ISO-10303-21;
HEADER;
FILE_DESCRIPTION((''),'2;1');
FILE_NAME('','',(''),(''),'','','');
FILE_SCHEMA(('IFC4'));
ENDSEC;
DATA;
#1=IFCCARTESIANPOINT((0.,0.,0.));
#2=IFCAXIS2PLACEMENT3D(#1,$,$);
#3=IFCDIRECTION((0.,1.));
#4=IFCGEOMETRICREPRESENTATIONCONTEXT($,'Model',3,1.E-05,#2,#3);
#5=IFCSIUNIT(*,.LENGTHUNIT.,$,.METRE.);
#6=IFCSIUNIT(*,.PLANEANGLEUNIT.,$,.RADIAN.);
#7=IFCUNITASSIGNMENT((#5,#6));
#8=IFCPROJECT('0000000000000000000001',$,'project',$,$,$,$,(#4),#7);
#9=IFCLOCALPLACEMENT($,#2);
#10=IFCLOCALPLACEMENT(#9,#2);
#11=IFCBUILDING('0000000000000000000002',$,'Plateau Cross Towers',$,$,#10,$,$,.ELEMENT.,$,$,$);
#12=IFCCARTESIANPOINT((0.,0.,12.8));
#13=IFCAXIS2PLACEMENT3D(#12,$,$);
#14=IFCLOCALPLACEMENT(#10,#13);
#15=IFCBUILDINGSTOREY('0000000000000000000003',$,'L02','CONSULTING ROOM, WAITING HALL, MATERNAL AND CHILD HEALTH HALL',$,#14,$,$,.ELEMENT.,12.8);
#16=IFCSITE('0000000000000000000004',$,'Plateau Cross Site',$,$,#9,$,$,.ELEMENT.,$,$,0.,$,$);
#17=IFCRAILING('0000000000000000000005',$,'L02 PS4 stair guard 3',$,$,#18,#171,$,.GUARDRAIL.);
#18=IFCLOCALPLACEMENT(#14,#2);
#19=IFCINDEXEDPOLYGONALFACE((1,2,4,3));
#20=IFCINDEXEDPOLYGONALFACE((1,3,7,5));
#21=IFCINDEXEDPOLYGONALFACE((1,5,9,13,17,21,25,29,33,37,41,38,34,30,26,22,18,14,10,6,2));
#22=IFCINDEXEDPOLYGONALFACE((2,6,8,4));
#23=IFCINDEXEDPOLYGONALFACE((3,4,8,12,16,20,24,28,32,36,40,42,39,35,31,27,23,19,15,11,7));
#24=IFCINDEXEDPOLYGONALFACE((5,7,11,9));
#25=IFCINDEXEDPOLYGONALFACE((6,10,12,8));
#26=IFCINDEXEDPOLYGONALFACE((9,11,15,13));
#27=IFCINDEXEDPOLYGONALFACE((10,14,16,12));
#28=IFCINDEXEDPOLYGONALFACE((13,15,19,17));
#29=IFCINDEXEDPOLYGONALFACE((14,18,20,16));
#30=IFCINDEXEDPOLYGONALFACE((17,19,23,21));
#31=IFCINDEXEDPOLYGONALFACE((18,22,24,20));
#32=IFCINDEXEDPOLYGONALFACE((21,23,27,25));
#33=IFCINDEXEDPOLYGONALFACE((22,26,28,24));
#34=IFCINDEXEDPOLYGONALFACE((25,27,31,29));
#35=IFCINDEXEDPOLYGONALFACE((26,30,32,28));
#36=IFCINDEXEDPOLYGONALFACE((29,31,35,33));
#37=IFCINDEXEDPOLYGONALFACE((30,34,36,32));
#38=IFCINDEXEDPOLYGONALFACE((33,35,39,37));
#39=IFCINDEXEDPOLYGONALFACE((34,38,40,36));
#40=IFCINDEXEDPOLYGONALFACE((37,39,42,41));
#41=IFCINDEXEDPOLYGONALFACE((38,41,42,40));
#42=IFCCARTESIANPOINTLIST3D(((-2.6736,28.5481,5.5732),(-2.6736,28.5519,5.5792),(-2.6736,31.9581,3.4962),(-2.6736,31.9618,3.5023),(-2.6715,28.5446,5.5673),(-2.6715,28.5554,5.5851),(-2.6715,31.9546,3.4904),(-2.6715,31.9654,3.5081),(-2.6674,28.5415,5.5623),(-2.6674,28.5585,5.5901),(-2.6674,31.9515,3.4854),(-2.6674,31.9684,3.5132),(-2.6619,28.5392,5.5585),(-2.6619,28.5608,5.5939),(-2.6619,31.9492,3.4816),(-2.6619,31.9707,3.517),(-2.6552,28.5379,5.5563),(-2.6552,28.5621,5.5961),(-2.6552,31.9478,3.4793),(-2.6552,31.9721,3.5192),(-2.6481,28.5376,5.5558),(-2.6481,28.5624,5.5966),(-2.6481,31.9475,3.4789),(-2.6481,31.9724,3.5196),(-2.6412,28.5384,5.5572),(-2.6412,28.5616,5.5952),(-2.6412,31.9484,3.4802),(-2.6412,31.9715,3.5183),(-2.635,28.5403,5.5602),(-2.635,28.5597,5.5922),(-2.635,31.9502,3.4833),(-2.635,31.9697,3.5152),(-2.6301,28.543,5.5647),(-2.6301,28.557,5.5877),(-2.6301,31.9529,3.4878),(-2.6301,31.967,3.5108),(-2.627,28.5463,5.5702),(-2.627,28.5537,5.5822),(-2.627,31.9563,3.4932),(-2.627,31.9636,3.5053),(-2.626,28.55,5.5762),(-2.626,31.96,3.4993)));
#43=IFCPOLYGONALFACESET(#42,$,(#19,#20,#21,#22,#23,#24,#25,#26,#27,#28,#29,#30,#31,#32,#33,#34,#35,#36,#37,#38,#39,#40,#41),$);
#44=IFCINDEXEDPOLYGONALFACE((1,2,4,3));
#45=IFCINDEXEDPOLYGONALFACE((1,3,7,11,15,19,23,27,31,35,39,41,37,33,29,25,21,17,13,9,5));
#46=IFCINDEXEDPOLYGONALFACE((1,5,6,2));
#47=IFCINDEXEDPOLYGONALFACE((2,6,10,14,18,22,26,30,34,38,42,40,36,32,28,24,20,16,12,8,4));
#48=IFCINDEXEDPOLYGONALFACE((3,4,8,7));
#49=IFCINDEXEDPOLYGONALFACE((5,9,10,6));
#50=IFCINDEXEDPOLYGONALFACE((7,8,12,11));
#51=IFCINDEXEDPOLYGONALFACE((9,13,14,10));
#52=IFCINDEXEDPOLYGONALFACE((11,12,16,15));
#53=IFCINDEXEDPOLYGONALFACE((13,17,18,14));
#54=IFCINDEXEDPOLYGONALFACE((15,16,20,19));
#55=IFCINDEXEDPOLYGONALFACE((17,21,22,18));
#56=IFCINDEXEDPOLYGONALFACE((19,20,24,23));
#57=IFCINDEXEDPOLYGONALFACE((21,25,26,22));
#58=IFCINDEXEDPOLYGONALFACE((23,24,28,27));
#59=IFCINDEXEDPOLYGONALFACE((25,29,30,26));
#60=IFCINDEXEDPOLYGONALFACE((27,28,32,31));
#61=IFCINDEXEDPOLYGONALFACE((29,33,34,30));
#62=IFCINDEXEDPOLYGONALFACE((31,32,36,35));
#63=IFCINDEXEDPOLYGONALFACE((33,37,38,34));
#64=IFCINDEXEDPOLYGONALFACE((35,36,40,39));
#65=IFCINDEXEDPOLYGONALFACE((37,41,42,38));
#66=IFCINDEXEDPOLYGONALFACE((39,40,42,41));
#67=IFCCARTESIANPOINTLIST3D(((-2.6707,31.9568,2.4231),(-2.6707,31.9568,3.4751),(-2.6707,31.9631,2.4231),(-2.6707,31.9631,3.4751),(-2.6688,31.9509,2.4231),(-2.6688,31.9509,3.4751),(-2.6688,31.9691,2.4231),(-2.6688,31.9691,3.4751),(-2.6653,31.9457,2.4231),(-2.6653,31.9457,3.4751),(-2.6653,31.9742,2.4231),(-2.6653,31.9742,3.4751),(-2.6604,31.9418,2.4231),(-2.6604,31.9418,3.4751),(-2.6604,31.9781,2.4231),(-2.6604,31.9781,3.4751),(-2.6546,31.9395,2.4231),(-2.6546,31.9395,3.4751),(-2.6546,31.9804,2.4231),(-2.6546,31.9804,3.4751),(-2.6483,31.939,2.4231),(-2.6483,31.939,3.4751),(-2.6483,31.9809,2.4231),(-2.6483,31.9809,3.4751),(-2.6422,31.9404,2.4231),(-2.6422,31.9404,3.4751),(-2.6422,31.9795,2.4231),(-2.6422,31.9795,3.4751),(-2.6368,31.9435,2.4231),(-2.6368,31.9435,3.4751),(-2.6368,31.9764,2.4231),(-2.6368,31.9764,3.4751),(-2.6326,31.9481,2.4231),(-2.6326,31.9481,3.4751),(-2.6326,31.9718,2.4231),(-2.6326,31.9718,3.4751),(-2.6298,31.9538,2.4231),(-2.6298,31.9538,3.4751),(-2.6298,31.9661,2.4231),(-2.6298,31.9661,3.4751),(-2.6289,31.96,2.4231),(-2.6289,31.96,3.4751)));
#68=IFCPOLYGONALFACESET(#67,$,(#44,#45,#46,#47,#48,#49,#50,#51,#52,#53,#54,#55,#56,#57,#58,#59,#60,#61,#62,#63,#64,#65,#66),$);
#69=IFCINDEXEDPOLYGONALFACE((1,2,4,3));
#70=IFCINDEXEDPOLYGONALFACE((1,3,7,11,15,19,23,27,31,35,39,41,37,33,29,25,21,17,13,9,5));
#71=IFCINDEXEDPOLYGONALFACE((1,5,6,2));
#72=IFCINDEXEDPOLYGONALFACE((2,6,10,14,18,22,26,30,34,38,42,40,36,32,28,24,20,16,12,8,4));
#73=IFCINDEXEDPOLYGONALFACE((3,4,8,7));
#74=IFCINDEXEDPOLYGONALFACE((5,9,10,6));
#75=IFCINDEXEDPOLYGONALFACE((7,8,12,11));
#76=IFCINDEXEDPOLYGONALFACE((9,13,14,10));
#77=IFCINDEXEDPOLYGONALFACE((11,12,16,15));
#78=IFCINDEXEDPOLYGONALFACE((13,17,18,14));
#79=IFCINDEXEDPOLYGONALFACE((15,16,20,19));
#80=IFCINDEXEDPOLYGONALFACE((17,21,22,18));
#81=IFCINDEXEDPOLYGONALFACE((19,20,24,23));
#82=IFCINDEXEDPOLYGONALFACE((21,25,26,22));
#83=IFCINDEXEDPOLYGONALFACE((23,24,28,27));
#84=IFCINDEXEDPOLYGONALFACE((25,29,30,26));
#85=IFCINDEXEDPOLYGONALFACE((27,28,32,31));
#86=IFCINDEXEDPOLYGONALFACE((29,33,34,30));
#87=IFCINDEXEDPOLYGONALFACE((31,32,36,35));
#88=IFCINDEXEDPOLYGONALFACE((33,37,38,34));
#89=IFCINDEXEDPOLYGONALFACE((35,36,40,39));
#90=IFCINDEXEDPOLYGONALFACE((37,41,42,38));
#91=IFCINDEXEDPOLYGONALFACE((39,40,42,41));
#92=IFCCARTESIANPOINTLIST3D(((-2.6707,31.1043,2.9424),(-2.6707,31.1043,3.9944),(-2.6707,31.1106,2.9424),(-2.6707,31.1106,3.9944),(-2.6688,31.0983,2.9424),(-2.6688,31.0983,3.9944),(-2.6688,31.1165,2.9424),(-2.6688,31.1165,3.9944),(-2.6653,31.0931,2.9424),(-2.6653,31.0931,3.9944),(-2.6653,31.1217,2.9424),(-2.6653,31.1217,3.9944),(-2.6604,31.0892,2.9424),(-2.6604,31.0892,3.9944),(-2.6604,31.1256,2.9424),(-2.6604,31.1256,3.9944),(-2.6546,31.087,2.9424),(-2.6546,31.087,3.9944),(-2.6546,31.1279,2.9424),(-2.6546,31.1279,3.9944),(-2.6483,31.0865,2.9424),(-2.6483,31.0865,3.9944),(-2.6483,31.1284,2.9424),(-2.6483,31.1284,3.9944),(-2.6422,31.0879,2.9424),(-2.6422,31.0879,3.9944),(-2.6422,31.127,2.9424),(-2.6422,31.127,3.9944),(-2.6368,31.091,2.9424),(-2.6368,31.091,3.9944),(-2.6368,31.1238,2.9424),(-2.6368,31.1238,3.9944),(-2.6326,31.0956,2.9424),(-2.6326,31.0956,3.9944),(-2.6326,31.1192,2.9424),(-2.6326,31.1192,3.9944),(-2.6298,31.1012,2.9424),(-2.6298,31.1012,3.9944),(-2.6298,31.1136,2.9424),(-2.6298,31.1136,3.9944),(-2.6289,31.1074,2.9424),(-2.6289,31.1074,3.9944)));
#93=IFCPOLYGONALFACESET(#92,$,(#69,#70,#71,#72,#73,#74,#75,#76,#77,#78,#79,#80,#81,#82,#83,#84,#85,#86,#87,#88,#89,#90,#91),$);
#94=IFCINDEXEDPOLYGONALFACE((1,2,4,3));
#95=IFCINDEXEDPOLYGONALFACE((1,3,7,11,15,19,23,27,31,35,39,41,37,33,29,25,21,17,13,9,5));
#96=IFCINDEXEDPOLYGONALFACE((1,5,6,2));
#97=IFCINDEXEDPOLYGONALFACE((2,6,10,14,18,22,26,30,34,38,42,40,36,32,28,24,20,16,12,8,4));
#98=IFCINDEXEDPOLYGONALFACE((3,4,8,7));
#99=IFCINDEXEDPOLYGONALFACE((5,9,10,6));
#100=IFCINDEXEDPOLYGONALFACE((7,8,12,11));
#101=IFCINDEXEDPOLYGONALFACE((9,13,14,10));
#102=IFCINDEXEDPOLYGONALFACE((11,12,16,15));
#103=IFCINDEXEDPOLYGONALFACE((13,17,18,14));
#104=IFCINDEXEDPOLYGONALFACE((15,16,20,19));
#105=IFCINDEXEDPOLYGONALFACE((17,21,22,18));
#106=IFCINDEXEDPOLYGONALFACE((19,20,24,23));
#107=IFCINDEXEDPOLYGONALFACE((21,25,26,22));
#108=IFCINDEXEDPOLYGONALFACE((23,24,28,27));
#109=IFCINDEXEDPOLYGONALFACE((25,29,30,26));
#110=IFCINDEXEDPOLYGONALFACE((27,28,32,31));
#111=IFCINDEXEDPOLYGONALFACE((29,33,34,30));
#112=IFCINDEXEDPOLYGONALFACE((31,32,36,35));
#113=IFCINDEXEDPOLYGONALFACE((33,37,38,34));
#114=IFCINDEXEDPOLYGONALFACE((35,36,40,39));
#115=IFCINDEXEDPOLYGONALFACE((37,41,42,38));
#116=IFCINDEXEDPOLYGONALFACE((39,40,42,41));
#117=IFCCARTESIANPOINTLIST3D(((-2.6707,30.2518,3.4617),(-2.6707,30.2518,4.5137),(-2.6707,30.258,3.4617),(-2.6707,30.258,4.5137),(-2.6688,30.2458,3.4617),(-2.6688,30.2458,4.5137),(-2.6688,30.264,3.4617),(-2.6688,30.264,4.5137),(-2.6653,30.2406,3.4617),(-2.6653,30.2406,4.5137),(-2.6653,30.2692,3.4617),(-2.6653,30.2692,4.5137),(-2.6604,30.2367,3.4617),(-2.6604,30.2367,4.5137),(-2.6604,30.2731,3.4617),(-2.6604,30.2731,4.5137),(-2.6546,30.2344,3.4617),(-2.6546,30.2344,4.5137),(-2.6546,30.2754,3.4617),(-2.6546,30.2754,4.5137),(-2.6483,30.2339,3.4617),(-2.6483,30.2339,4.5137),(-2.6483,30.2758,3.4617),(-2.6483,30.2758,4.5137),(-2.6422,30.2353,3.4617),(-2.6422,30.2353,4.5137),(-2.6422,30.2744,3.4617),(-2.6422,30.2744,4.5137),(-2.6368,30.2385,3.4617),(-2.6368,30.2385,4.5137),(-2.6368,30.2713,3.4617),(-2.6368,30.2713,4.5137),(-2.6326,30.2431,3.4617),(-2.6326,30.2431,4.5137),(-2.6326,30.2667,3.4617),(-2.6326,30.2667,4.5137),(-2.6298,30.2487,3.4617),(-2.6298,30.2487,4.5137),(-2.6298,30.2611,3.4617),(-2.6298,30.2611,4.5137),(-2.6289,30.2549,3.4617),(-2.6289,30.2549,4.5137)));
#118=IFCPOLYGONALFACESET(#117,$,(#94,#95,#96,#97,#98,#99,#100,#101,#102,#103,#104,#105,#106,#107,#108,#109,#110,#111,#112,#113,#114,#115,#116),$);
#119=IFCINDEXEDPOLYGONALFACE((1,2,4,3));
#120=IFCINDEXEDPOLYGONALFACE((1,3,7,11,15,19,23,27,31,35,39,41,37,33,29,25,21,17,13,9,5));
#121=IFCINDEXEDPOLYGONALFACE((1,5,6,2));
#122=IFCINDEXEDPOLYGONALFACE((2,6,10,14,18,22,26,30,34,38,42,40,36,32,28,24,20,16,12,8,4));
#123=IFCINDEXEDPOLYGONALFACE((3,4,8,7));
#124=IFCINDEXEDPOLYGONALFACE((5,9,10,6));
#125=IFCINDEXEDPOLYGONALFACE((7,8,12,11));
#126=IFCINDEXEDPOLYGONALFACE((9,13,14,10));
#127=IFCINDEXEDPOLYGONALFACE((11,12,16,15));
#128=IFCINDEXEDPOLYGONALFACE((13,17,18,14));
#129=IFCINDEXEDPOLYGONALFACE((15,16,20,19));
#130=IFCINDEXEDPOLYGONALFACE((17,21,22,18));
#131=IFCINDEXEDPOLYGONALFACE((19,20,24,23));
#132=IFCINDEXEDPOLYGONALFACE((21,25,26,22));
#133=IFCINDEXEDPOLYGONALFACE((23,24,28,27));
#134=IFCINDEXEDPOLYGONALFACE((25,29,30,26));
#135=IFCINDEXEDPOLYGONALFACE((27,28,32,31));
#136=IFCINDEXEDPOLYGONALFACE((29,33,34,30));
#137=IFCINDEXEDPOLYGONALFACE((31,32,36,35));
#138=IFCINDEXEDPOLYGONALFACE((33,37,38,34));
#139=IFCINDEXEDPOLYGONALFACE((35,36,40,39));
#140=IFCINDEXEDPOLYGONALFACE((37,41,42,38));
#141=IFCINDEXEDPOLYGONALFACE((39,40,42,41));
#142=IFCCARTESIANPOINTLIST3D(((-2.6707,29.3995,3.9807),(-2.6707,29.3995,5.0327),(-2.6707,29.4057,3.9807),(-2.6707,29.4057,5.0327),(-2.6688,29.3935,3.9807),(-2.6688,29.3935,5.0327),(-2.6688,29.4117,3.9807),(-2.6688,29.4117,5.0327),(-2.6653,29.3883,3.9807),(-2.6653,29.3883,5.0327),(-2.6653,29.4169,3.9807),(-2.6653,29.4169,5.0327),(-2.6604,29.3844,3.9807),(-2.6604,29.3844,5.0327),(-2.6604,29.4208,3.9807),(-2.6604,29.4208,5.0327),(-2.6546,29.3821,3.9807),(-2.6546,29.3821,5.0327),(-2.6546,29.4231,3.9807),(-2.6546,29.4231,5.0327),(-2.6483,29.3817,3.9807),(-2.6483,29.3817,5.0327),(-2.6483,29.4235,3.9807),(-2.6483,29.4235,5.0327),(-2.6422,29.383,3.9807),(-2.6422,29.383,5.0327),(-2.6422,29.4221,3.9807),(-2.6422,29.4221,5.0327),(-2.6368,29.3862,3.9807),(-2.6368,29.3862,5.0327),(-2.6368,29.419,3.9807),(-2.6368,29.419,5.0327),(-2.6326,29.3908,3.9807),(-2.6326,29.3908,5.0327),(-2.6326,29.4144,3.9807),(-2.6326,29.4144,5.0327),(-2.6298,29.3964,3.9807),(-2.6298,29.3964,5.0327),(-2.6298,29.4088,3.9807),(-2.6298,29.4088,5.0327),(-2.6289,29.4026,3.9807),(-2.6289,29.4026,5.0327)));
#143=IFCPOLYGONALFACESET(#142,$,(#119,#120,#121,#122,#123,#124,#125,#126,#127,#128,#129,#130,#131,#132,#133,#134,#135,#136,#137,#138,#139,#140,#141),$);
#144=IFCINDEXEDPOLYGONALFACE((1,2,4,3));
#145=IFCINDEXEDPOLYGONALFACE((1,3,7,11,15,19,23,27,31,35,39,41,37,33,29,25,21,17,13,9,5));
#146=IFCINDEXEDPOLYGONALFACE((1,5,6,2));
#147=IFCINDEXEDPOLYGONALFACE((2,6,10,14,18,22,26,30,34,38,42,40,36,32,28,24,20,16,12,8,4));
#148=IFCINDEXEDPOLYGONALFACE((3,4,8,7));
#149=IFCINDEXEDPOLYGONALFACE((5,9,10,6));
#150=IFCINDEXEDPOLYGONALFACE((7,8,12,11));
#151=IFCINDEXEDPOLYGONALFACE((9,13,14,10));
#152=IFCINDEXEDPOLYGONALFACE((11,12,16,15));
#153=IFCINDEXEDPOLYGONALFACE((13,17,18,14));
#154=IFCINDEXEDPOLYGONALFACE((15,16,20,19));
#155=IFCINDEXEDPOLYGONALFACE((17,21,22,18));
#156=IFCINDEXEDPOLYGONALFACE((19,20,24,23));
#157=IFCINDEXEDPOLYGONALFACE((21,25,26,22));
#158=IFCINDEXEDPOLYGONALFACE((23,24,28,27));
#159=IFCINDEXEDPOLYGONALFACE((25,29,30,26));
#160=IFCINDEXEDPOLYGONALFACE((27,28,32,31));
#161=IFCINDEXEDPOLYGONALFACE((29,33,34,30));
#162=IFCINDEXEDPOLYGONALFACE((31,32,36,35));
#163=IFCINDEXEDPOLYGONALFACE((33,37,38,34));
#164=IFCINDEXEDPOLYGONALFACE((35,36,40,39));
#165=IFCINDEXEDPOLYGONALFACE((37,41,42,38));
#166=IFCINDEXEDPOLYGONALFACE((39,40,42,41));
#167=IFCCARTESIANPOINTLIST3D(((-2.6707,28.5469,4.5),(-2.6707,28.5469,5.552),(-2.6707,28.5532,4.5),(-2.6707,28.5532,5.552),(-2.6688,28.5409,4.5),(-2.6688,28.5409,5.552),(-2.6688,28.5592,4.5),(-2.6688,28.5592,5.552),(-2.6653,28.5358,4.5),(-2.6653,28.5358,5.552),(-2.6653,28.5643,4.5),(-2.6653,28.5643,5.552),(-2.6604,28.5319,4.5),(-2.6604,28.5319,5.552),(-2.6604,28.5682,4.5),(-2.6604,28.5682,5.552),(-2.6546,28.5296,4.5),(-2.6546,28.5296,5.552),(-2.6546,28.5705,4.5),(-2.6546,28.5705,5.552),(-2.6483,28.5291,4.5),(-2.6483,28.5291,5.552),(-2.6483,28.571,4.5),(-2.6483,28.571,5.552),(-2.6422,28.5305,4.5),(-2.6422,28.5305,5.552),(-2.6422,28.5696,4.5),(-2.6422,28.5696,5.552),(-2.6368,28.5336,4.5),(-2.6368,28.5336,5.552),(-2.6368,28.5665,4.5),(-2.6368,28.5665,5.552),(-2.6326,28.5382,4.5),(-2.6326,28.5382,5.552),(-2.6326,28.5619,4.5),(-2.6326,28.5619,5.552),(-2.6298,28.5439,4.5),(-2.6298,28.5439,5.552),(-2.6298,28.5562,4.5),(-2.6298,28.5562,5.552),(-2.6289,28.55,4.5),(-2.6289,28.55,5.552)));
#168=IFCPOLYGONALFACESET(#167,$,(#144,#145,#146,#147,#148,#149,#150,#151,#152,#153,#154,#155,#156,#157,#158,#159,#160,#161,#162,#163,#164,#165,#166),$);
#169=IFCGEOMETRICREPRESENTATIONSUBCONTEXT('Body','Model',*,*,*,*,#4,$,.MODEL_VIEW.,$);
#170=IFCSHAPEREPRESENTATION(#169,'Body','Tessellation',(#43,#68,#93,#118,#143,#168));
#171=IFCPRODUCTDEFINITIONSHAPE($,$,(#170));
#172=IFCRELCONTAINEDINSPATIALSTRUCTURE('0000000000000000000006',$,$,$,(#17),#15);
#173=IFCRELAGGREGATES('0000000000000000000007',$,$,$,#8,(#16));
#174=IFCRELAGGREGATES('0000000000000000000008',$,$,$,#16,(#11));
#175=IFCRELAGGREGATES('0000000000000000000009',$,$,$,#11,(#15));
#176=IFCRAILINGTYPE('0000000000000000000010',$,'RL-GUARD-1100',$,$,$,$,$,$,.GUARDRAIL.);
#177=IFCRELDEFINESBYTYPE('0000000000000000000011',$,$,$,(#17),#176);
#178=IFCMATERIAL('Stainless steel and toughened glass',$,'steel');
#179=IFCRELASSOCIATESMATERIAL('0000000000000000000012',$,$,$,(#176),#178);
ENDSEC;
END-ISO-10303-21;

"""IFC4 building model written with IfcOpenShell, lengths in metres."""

from ifc_helpers import new_model, si_unit, direction, frame, origin, origin_2d, place, context, subcontext, project, spatial, circle, extrude, material, type_object, element, save


model = new_model("IFC4")

# Units and contexts
model_context = context("Model", 3, precision=1e-05, world=origin(), true_north=direction((0.0, 1.0)))
body_context = subcontext(model_context, "Body", "Model", "MODEL_VIEW")
ifc_project = project(units=[si_unit("LENGTHUNIT", "METRE"), si_unit("PLANEANGLEUNIT", "RADIAN")], contexts=[model_context])

# Site, building, storey
site_placement = place(None, origin())
site = spatial("IfcSite", under=ifc_project, at=site_placement, Name="Plateau Cross Site", CompositionType="ELEMENT", RefElevation=0.0)
building_placement = place(site_placement, origin())
building = spatial("IfcBuilding", under=site, at=building_placement, Name="Plateau Cross Towers", CompositionType="ELEMENT")
storey_placement = place(building_placement, frame((0.0, 0.0, 12.8)))
storey = spatial("IfcBuildingStorey", under=building, at=storey_placement, Name="L02", Description="CONSULTING ROOM, WAITING HALL, MATERNAL AND CHILD HEALTH HALL", CompositionType="ELEMENT", Elevation=12.8)

# Railing
ifc_material_1 = material(Name="Stainless steel and toughened glass", Category="steel")
railing_type_1 = type_object("IfcRailingType", Name="RL-GUARD-1100", PredefinedType="GUARDRAIL", material=ifc_material_1)
railing_1_placement = place(storey_placement, frame((-2.6499, 31.96, 2.4231)))
element("IfcRailing", 1, at=railing_1_placement, inside=storey, type_object=railing_type_1, Name="L02 PS4 stair guard 3", PredefinedType="GUARDRAIL", context=body_context, shape_type="SweptSolid", body=[
    extrude(circle(Radius=0.0239, at=origin_2d()), frame((0.0, 0.0, 1.0762), z_axis=(0.0, -0.854053, 0.520186), x_axis=(1.0, 0.0, 0.0)), (0.0, 0.0, 1.0), 3.9927),
    extrude(circle(Radius=0.021, at=origin_2d()), origin(), (0.0, 0.0, 1.0), 1.052),
    extrude(circle(Radius=0.021, at=origin_2d()), frame((0.0, -0.8525, 0.5193)), (0.0, 0.0, 1.0), 1.052),
    extrude(circle(Radius=0.021, at=origin_2d()), frame((0.0, -1.7051, 1.0386)), (0.0, 0.0, 1.0), 1.052),
    extrude(circle(Radius=0.021, at=origin_2d()), frame((0.0, -2.5574, 1.5576)), (0.0, 0.0, 1.0), 1.052),
    extrude(circle(Radius=0.021, at=origin_2d()), frame((0.0, -3.4099, 2.0769)), (0.0, 0.0, 1.0), 1.052),
])

save(model, "model.ifc")
